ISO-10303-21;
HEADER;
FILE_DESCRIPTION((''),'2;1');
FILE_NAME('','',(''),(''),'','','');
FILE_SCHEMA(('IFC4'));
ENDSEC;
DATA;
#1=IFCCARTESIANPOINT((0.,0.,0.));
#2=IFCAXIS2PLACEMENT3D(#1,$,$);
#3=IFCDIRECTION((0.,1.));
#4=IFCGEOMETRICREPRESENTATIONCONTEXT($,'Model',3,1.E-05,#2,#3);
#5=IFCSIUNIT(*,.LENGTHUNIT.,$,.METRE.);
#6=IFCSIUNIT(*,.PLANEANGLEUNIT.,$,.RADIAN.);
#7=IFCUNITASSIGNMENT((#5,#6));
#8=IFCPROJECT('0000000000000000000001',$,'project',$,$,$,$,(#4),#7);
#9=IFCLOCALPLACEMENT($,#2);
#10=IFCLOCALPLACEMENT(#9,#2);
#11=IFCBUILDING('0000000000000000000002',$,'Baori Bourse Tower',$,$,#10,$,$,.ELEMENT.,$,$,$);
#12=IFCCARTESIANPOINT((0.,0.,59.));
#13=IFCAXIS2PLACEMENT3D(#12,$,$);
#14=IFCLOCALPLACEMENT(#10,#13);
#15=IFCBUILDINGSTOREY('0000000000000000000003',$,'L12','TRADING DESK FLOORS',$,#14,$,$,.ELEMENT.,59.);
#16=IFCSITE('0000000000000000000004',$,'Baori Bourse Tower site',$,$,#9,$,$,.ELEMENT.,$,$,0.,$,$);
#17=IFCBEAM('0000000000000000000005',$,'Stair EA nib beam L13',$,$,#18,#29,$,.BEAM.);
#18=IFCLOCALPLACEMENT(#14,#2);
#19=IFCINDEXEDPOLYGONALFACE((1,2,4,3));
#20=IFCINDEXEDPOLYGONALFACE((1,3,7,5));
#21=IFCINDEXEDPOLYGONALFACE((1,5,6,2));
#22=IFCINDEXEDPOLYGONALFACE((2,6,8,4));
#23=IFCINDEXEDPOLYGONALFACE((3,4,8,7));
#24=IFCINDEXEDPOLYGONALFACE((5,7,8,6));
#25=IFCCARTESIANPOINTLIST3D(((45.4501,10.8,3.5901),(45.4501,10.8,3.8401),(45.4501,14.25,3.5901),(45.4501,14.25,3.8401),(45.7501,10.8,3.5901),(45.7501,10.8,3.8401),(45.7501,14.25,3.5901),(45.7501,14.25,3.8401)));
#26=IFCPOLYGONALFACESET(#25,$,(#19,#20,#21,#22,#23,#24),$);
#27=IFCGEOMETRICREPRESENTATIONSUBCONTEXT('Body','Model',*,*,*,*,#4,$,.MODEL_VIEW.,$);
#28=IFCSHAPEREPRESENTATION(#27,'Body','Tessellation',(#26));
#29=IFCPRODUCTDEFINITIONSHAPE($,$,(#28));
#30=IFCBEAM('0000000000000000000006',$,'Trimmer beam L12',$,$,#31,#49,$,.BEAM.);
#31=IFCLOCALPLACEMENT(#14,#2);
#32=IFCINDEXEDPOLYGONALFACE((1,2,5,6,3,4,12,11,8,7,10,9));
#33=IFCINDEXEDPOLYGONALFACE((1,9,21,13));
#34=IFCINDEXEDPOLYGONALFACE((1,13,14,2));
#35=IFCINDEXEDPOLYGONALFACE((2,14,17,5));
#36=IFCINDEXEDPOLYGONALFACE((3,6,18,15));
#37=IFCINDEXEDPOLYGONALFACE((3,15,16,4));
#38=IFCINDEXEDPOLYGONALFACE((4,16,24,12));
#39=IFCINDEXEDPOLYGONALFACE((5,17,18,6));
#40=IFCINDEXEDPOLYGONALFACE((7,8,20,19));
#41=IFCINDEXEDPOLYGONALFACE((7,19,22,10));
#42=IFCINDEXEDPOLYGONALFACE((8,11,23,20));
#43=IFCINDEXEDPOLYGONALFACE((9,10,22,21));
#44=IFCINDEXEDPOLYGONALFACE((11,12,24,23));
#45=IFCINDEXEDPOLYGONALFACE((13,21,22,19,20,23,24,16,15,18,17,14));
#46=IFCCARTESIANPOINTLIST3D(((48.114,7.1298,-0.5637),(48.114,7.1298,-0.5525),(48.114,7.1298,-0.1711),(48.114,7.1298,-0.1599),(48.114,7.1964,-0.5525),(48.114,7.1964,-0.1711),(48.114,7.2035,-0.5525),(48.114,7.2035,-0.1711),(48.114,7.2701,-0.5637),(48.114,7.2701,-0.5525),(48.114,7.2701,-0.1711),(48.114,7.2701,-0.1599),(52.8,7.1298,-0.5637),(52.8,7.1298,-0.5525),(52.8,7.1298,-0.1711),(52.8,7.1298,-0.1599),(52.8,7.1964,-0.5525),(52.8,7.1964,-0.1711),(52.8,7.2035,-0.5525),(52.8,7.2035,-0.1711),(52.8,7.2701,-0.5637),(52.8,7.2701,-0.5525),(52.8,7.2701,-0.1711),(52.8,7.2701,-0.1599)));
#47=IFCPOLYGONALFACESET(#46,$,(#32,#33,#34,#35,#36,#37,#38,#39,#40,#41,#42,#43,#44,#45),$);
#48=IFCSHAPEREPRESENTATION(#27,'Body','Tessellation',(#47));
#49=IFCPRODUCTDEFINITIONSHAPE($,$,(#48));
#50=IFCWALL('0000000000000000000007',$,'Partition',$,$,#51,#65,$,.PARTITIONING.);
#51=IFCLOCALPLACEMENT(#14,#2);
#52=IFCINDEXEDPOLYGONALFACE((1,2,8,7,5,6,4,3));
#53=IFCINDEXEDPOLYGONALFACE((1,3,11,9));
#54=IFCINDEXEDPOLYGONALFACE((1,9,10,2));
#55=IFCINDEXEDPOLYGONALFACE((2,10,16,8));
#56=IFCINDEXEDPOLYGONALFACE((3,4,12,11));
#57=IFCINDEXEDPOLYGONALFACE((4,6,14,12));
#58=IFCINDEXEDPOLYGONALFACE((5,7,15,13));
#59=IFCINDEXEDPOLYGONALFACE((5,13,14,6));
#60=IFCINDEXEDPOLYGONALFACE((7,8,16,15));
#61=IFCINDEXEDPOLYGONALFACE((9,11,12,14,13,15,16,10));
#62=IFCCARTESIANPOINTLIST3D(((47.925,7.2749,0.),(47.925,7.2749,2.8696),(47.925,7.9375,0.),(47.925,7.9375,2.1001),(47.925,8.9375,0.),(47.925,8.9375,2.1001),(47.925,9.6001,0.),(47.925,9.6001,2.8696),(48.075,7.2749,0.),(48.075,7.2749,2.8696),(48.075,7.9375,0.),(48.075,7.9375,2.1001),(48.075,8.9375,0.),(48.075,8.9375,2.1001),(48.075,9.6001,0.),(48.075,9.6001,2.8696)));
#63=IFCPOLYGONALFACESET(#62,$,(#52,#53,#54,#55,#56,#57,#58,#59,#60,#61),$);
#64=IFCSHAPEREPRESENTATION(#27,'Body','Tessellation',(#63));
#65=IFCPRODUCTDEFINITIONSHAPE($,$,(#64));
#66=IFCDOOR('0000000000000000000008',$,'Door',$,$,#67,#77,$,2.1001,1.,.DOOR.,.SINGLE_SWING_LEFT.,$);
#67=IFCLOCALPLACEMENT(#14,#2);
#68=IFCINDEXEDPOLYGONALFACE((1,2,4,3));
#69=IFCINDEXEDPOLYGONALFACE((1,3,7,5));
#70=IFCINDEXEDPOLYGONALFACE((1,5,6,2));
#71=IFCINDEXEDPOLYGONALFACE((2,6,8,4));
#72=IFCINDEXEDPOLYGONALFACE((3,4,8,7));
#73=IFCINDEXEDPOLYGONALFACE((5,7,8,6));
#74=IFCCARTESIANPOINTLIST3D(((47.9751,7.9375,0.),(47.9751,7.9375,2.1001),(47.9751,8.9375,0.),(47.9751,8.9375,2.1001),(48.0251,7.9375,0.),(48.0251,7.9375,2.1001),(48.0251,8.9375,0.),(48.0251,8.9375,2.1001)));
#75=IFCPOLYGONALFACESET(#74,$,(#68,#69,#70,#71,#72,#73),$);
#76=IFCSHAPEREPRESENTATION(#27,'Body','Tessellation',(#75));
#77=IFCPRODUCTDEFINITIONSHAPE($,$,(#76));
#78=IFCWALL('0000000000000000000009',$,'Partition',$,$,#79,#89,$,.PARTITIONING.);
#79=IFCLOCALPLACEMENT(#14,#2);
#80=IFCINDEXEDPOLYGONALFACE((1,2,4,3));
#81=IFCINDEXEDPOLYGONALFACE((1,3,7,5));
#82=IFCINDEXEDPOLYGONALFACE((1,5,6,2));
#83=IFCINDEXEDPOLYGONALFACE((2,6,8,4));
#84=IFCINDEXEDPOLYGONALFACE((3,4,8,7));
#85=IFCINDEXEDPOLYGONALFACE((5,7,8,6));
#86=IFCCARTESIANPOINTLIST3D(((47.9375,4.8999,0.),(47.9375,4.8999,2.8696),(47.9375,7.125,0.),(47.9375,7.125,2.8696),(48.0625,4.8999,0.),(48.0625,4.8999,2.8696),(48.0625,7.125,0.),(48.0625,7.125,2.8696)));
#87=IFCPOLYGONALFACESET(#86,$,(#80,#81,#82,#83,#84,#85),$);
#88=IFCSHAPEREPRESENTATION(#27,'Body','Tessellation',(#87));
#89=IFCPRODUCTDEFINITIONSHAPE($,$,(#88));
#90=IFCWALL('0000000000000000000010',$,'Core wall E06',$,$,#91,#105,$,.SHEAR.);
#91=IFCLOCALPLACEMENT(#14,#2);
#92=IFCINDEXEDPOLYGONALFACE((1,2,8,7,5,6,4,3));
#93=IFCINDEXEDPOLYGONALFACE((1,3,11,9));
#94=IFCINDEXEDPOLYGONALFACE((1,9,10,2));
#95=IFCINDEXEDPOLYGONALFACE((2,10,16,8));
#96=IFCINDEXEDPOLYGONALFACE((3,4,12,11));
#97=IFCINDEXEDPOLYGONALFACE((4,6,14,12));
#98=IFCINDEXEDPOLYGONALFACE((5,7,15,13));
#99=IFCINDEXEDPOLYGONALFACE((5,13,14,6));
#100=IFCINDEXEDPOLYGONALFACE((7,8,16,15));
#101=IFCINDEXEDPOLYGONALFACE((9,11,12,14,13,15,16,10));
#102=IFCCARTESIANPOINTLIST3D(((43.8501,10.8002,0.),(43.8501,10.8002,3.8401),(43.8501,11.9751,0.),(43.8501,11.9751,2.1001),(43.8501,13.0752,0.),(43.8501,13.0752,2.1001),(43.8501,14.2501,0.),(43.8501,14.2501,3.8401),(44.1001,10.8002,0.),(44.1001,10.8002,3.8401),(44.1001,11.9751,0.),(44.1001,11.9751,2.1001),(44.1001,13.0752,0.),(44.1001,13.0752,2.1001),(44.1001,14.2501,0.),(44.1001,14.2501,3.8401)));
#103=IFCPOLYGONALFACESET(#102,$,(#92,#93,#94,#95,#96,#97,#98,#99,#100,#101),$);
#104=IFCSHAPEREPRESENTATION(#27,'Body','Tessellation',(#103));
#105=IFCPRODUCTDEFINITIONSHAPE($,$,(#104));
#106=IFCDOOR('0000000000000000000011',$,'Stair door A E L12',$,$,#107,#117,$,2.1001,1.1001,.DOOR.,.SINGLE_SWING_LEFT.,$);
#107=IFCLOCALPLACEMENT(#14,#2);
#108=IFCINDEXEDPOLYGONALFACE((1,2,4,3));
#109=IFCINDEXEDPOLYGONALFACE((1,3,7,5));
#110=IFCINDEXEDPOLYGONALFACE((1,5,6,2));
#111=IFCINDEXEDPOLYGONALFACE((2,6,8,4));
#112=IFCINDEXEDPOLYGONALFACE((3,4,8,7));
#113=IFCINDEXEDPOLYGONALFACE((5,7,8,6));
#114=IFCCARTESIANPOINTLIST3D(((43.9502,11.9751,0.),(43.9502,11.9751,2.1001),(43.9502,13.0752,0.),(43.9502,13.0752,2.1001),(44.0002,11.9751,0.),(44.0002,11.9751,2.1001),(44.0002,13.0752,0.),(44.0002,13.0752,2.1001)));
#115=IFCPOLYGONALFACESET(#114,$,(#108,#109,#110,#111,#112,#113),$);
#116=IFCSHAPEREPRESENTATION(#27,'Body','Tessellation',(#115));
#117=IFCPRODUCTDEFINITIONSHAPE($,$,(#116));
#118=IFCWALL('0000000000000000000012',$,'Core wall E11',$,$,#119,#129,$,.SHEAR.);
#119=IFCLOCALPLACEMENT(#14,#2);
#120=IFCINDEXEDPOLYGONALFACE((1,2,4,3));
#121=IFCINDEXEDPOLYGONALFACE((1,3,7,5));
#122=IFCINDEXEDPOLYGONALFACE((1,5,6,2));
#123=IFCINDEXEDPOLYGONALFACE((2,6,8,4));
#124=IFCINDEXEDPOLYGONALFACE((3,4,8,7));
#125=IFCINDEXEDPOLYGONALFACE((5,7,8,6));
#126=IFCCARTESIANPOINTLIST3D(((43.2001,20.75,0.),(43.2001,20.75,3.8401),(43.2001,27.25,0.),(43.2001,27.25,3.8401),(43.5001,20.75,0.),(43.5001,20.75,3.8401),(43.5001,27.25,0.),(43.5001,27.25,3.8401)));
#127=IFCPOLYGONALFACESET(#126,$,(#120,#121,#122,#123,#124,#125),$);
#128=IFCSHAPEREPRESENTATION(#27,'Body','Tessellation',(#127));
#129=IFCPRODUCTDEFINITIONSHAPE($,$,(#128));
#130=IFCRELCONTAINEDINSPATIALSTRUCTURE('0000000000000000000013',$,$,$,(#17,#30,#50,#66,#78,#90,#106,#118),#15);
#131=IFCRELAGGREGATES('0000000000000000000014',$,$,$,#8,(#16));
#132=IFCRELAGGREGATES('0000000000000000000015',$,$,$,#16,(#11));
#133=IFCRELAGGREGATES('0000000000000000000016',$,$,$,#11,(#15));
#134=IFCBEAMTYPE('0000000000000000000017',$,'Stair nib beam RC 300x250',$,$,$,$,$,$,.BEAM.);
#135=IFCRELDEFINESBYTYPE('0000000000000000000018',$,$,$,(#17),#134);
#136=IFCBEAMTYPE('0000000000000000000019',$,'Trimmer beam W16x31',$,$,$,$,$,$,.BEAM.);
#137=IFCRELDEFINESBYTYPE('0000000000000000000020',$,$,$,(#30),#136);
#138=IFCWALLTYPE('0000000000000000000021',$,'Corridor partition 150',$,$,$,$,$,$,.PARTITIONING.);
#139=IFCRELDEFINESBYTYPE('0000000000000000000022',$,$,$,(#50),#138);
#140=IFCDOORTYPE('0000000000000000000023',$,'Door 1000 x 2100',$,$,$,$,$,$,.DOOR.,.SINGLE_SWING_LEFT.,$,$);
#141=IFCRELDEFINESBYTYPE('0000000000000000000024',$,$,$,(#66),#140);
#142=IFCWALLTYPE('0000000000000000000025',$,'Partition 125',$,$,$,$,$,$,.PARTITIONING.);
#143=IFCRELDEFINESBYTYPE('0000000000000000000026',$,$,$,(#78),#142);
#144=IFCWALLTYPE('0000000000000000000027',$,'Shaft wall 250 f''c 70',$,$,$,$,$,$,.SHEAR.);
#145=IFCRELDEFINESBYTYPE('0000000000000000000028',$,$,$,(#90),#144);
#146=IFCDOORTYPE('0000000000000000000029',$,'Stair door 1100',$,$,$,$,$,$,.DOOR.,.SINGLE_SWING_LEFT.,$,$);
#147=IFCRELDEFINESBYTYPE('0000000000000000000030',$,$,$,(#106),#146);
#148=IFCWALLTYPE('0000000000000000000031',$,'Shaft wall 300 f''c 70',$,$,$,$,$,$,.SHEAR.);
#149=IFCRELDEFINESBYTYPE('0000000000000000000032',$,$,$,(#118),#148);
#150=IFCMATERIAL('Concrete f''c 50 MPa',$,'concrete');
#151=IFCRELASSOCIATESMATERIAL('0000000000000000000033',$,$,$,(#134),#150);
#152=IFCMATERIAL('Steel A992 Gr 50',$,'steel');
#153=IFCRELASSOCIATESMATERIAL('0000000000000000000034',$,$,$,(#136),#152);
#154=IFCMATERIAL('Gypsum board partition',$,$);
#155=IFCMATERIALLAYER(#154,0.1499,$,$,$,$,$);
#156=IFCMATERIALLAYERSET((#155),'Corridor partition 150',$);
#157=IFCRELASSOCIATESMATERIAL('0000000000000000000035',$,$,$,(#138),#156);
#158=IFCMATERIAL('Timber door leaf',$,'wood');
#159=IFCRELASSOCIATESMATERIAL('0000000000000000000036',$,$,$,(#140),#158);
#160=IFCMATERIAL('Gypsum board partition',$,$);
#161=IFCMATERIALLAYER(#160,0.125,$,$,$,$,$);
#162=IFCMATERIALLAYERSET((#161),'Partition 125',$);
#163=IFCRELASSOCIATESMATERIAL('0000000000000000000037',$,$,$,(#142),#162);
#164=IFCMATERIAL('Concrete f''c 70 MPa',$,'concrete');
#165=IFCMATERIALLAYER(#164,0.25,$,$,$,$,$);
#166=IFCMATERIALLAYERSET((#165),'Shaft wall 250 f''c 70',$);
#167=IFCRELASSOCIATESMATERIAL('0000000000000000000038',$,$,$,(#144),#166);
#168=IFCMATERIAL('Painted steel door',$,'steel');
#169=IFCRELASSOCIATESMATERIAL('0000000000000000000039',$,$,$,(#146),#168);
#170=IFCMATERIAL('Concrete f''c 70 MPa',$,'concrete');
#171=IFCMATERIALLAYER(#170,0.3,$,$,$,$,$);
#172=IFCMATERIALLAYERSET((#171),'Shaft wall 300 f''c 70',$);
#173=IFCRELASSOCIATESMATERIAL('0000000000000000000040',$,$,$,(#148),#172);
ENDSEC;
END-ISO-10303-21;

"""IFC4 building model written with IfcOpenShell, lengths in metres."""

from ifc_helpers import new_model, si_unit, direction, frame, frame_2d, origin, origin_2d, place, context, subcontext, project, spatial, rectangle, i_section, extrude, material, layer, layer_set, material_profile, profile_set, type_object, element, fill, save


model = new_model("IFC4")

# Units and contexts
model_context = context("Model", 3, precision=1e-05, world=origin(), true_north=direction((0.0, 1.0)))
body_context = subcontext(model_context, "Body", "Model", "MODEL_VIEW")
ifc_project = project(units=[si_unit("LENGTHUNIT", "METRE"), si_unit("PLANEANGLEUNIT", "RADIAN")], contexts=[model_context])

# Site, building, storey
site_placement = place(None, origin())
site = spatial("IfcSite", under=ifc_project, at=site_placement, Name="Baori Bourse Tower site", CompositionType="ELEMENT", RefElevation=0.0)
building_placement = place(site_placement, origin())
building = spatial("IfcBuilding", under=site, at=building_placement, Name="Baori Bourse Tower", CompositionType="ELEMENT")
storey_placement = place(building_placement, frame((0.0, 0.0, 59.0)))
storey = spatial("IfcBuildingStorey", under=building, at=storey_placement, Name="L12", Description="TRADING DESK FLOORS", CompositionType="ELEMENT", Elevation=59.0)

# Beams
ifc_material_1 = material(Name="Concrete f'c 50 MPa", Category="concrete")
ifc_material_profile_1 = material_profile(ifc_material_1, rectangle(XDim=0.3, YDim=0.25, at=origin_2d()), Name="RC 300x250")
ifc_profile_set_1 = profile_set([ifc_material_profile_1], Name="Concrete f'c 50 MPa")
beam_type_1 = type_object("IfcBeamType", Name="Stair nib beam RC 300x250", PredefinedType="BEAM", material=ifc_profile_set_1)
beam_1_placement = place(storey_placement, frame((45.6001, 10.8, 3.7151), z_axis=(0.0, 1.0, 0.0), x_axis=(-1.0, 0.0, 0.0)))
element("IfcBeam", 1, at=beam_1_placement, inside=storey, type_object=beam_type_1, Name="Stair EA nib beam L13", PredefinedType="BEAM", context=body_context, shape_type="SweptSolid", body=[
    extrude(rectangle(XDim=0.3, YDim=0.25, at=origin_2d()), origin(), (0.0, 0.0, 1.0), 3.45),
])
ifc_material_2 = material(Name="Steel A992 Gr 50", Category="steel")
ifc_material_profile_2 = material_profile(ifc_material_2, i_section(OverallWidth=0.1404, OverallDepth=0.4038, WebThickness=0.0071, FlangeThickness=0.0112, at=origin_2d()), Name="W16x31")
ifc_profile_set_2 = profile_set([ifc_material_profile_2], Name="Steel A992 Gr 50")
beam_type_2 = type_object("IfcBeamType", Name="Trimmer beam W16x31", PredefinedType="BEAM", material=ifc_profile_set_2)
beam_2_placement = place(storey_placement, frame((48.114, 7.2, -0.3618), z_axis=(1.0, 0.0, 0.0), x_axis=(0.0, 1.0, 0.0)))
element("IfcBeam", 2, at=beam_2_placement, inside=storey, type_object=beam_type_2, Name="Trimmer beam L12", PredefinedType="BEAM", context=body_context, shape_type="SweptSolid", body=[
    extrude(i_section(OverallWidth=0.1404, OverallDepth=0.4038, WebThickness=0.0071, FlangeThickness=0.0112, at=origin_2d()), origin(), (0.0, 0.0, 1.0), 4.686),
])

# Wall, opening, door
ifc_material_3 = material(Name="Gypsum board partition")
ifc_layer_1 = layer(ifc_material_3, 0.1499)
ifc_layer_set_1 = layer_set([ifc_layer_1], Name="Corridor partition 150")
wall_type_1 = type_object("IfcWallType", Name="Corridor partition 150", PredefinedType="PARTITIONING", material=ifc_layer_set_1)
wall_1_placement = place(storey_placement, frame((48.0, 7.2749, 0.0), z_axis=(0.0, 0.0, 1.0), x_axis=(0.0, 1.0, 0.0)))
wall_1 = element("IfcWall", 3, at=wall_1_placement, inside=storey, type_object=wall_type_1, Name="Partition", PredefinedType="PARTITIONING", context=body_context, shape_type="SweptSolid", body=[
    extrude(rectangle(XDim=2.3252, YDim=0.1499, at=frame_2d((1.1626, 0.0))), origin(), (0.0, 0.0, 1.0), 2.8696),
])
opening_1_placement = place(wall_1_placement, frame((0.6626, 0.0, 0.0)))
opening_1 = element("IfcOpeningElement", 4, at=opening_1_placement, cuts=wall_1, PredefinedType="OPENING", context=body_context, shape_type="SweptSolid", body=[
    extrude(rectangle(XDim=1.0, YDim=2.1001, at=frame_2d((0.5, 1.05))), frame((0.0, 0.085, 0.0), z_axis=(0.0, -1.0, 0.0), x_axis=(1.0, 0.0, 0.0)), (0.0, 0.0, 1.0), 0.1699),
])
ifc_material_4 = material(Name="Timber door leaf", Category="wood")
door_type_1 = type_object("IfcDoorType", Name="Door 1000 x 2100", OperationType="SINGLE_SWING_LEFT", PredefinedType="DOOR", material=ifc_material_4)
door_1_placement = place(opening_1_placement, origin())
door_1 = element("IfcDoor", 5, at=door_1_placement, inside=storey, type_object=door_type_1, Name="Door", OperationType="SINGLE_SWING_LEFT", OverallHeight=2.1001, OverallWidth=1.0, PredefinedType="DOOR", context=body_context, shape_type="SweptSolid", body=[
    extrude(rectangle(XDim=1.0, YDim=2.1001, at=frame_2d((0.5, 1.05))), frame((0.0, 0.0249, 0.0), z_axis=(0.0, -1.0, 0.0), x_axis=(1.0, 0.0, 0.0)), (0.0, 0.0, 1.0), 0.05),
])
fill(opening_1, door_1)

# Wall
ifc_material_5 = material(Name="Gypsum board partition")
ifc_layer_2 = layer(ifc_material_5, 0.125)
ifc_layer_set_2 = layer_set([ifc_layer_2], Name="Partition 125")
wall_type_2 = type_object("IfcWallType", Name="Partition 125", PredefinedType="PARTITIONING", material=ifc_layer_set_2)
wall_2_placement = place(storey_placement, frame((48.0, 4.8999, 0.0), z_axis=(0.0, 0.0, 1.0), x_axis=(0.0, 1.0, 0.0)))
element("IfcWall", 6, at=wall_2_placement, inside=storey, type_object=wall_type_2, Name="Partition", PredefinedType="PARTITIONING", context=body_context, shape_type="SweptSolid", body=[
    extrude(rectangle(XDim=2.2251, YDim=0.125, at=frame_2d((1.1125, 0.0))), origin(), (0.0, 0.0, 1.0), 2.8696),
])

# Wall, opening, door
ifc_material_6 = material(Name="Concrete f'c 70 MPa", Category="concrete")
ifc_layer_3 = layer(ifc_material_6, 0.25)
ifc_layer_set_3 = layer_set([ifc_layer_3], Name="Shaft wall 250 f'c 70")
wall_type_3 = type_object("IfcWallType", Name="Shaft wall 250 f'c 70", PredefinedType="SHEAR", material=ifc_layer_set_3)
wall_3_placement = place(storey_placement, frame((43.9751, 10.8, 0.0), z_axis=(0.0, 0.0, 1.0), x_axis=(0.0, 1.0, 0.0)))
wall_3 = element("IfcWall", 7, at=wall_3_placement, inside=storey, type_object=wall_type_3, Name="Core wall E06", PredefinedType="SHEAR", context=body_context, shape_type="SweptSolid", body=[
    extrude(rectangle(XDim=3.45, YDim=0.25, at=frame_2d((1.7251, 0.0))), origin(), (0.0, 0.0, 1.0), 3.8401),
])
opening_2_placement = place(wall_3_placement, frame((1.175, 0.0, 0.0)))
opening_2 = element("IfcOpeningElement", 8, at=opening_2_placement, cuts=wall_3, PredefinedType="OPENING", context=body_context, shape_type="SweptSolid", body=[
    extrude(rectangle(XDim=1.1001, YDim=2.1001, at=frame_2d((0.55, 1.05))), frame((0.0, 0.135, 0.0), z_axis=(0.0, -1.0, 0.0), x_axis=(1.0, 0.0, 0.0)), (0.0, 0.0, 1.0), 0.27),
])
ifc_material_7 = material(Name="Painted steel door", Category="steel")
door_type_2 = type_object("IfcDoorType", Name="Stair door 1100", OperationType="SINGLE_SWING_LEFT", PredefinedType="DOOR", material=ifc_material_7)
door_2_placement = place(opening_2_placement, origin())
door_2 = element("IfcDoor", 9, at=door_2_placement, inside=storey, type_object=door_type_2, Name="Stair door A E L12", OperationType="SINGLE_SWING_LEFT", OverallHeight=2.1001, OverallWidth=1.1001, PredefinedType="DOOR", context=body_context, shape_type="SweptSolid", body=[
    extrude(rectangle(XDim=1.1001, YDim=2.1001, at=frame_2d((0.55, 1.05))), frame((0.0, 0.0249, 0.0), z_axis=(0.0, -1.0, 0.0), x_axis=(1.0, 0.0, 0.0)), (0.0, 0.0, 1.0), 0.05),
])
fill(opening_2, door_2)

# Wall
ifc_material_8 = material(Name="Concrete f'c 70 MPa", Category="concrete")
ifc_layer_4 = layer(ifc_material_8, 0.3)
ifc_layer_set_4 = layer_set([ifc_layer_4], Name="Shaft wall 300 f'c 70")
wall_type_4 = type_object("IfcWallType", Name="Shaft wall 300 f'c 70", PredefinedType="SHEAR", material=ifc_layer_set_4)
wall_4_placement = place(storey_placement, frame((43.3501, 20.75, 0.0), z_axis=(0.0, 0.0, 1.0), x_axis=(0.0, 1.0, 0.0)))
element("IfcWall", 10, at=wall_4_placement, inside=storey, type_object=wall_type_4, Name="Core wall E11", PredefinedType="SHEAR", context=body_context, shape_type="SweptSolid", body=[
    extrude(rectangle(XDim=6.5, YDim=0.3, at=frame_2d((3.25, 0.0))), origin(), (0.0, 0.0, 1.0), 3.8401),
])

save(model, "model.ifc")
